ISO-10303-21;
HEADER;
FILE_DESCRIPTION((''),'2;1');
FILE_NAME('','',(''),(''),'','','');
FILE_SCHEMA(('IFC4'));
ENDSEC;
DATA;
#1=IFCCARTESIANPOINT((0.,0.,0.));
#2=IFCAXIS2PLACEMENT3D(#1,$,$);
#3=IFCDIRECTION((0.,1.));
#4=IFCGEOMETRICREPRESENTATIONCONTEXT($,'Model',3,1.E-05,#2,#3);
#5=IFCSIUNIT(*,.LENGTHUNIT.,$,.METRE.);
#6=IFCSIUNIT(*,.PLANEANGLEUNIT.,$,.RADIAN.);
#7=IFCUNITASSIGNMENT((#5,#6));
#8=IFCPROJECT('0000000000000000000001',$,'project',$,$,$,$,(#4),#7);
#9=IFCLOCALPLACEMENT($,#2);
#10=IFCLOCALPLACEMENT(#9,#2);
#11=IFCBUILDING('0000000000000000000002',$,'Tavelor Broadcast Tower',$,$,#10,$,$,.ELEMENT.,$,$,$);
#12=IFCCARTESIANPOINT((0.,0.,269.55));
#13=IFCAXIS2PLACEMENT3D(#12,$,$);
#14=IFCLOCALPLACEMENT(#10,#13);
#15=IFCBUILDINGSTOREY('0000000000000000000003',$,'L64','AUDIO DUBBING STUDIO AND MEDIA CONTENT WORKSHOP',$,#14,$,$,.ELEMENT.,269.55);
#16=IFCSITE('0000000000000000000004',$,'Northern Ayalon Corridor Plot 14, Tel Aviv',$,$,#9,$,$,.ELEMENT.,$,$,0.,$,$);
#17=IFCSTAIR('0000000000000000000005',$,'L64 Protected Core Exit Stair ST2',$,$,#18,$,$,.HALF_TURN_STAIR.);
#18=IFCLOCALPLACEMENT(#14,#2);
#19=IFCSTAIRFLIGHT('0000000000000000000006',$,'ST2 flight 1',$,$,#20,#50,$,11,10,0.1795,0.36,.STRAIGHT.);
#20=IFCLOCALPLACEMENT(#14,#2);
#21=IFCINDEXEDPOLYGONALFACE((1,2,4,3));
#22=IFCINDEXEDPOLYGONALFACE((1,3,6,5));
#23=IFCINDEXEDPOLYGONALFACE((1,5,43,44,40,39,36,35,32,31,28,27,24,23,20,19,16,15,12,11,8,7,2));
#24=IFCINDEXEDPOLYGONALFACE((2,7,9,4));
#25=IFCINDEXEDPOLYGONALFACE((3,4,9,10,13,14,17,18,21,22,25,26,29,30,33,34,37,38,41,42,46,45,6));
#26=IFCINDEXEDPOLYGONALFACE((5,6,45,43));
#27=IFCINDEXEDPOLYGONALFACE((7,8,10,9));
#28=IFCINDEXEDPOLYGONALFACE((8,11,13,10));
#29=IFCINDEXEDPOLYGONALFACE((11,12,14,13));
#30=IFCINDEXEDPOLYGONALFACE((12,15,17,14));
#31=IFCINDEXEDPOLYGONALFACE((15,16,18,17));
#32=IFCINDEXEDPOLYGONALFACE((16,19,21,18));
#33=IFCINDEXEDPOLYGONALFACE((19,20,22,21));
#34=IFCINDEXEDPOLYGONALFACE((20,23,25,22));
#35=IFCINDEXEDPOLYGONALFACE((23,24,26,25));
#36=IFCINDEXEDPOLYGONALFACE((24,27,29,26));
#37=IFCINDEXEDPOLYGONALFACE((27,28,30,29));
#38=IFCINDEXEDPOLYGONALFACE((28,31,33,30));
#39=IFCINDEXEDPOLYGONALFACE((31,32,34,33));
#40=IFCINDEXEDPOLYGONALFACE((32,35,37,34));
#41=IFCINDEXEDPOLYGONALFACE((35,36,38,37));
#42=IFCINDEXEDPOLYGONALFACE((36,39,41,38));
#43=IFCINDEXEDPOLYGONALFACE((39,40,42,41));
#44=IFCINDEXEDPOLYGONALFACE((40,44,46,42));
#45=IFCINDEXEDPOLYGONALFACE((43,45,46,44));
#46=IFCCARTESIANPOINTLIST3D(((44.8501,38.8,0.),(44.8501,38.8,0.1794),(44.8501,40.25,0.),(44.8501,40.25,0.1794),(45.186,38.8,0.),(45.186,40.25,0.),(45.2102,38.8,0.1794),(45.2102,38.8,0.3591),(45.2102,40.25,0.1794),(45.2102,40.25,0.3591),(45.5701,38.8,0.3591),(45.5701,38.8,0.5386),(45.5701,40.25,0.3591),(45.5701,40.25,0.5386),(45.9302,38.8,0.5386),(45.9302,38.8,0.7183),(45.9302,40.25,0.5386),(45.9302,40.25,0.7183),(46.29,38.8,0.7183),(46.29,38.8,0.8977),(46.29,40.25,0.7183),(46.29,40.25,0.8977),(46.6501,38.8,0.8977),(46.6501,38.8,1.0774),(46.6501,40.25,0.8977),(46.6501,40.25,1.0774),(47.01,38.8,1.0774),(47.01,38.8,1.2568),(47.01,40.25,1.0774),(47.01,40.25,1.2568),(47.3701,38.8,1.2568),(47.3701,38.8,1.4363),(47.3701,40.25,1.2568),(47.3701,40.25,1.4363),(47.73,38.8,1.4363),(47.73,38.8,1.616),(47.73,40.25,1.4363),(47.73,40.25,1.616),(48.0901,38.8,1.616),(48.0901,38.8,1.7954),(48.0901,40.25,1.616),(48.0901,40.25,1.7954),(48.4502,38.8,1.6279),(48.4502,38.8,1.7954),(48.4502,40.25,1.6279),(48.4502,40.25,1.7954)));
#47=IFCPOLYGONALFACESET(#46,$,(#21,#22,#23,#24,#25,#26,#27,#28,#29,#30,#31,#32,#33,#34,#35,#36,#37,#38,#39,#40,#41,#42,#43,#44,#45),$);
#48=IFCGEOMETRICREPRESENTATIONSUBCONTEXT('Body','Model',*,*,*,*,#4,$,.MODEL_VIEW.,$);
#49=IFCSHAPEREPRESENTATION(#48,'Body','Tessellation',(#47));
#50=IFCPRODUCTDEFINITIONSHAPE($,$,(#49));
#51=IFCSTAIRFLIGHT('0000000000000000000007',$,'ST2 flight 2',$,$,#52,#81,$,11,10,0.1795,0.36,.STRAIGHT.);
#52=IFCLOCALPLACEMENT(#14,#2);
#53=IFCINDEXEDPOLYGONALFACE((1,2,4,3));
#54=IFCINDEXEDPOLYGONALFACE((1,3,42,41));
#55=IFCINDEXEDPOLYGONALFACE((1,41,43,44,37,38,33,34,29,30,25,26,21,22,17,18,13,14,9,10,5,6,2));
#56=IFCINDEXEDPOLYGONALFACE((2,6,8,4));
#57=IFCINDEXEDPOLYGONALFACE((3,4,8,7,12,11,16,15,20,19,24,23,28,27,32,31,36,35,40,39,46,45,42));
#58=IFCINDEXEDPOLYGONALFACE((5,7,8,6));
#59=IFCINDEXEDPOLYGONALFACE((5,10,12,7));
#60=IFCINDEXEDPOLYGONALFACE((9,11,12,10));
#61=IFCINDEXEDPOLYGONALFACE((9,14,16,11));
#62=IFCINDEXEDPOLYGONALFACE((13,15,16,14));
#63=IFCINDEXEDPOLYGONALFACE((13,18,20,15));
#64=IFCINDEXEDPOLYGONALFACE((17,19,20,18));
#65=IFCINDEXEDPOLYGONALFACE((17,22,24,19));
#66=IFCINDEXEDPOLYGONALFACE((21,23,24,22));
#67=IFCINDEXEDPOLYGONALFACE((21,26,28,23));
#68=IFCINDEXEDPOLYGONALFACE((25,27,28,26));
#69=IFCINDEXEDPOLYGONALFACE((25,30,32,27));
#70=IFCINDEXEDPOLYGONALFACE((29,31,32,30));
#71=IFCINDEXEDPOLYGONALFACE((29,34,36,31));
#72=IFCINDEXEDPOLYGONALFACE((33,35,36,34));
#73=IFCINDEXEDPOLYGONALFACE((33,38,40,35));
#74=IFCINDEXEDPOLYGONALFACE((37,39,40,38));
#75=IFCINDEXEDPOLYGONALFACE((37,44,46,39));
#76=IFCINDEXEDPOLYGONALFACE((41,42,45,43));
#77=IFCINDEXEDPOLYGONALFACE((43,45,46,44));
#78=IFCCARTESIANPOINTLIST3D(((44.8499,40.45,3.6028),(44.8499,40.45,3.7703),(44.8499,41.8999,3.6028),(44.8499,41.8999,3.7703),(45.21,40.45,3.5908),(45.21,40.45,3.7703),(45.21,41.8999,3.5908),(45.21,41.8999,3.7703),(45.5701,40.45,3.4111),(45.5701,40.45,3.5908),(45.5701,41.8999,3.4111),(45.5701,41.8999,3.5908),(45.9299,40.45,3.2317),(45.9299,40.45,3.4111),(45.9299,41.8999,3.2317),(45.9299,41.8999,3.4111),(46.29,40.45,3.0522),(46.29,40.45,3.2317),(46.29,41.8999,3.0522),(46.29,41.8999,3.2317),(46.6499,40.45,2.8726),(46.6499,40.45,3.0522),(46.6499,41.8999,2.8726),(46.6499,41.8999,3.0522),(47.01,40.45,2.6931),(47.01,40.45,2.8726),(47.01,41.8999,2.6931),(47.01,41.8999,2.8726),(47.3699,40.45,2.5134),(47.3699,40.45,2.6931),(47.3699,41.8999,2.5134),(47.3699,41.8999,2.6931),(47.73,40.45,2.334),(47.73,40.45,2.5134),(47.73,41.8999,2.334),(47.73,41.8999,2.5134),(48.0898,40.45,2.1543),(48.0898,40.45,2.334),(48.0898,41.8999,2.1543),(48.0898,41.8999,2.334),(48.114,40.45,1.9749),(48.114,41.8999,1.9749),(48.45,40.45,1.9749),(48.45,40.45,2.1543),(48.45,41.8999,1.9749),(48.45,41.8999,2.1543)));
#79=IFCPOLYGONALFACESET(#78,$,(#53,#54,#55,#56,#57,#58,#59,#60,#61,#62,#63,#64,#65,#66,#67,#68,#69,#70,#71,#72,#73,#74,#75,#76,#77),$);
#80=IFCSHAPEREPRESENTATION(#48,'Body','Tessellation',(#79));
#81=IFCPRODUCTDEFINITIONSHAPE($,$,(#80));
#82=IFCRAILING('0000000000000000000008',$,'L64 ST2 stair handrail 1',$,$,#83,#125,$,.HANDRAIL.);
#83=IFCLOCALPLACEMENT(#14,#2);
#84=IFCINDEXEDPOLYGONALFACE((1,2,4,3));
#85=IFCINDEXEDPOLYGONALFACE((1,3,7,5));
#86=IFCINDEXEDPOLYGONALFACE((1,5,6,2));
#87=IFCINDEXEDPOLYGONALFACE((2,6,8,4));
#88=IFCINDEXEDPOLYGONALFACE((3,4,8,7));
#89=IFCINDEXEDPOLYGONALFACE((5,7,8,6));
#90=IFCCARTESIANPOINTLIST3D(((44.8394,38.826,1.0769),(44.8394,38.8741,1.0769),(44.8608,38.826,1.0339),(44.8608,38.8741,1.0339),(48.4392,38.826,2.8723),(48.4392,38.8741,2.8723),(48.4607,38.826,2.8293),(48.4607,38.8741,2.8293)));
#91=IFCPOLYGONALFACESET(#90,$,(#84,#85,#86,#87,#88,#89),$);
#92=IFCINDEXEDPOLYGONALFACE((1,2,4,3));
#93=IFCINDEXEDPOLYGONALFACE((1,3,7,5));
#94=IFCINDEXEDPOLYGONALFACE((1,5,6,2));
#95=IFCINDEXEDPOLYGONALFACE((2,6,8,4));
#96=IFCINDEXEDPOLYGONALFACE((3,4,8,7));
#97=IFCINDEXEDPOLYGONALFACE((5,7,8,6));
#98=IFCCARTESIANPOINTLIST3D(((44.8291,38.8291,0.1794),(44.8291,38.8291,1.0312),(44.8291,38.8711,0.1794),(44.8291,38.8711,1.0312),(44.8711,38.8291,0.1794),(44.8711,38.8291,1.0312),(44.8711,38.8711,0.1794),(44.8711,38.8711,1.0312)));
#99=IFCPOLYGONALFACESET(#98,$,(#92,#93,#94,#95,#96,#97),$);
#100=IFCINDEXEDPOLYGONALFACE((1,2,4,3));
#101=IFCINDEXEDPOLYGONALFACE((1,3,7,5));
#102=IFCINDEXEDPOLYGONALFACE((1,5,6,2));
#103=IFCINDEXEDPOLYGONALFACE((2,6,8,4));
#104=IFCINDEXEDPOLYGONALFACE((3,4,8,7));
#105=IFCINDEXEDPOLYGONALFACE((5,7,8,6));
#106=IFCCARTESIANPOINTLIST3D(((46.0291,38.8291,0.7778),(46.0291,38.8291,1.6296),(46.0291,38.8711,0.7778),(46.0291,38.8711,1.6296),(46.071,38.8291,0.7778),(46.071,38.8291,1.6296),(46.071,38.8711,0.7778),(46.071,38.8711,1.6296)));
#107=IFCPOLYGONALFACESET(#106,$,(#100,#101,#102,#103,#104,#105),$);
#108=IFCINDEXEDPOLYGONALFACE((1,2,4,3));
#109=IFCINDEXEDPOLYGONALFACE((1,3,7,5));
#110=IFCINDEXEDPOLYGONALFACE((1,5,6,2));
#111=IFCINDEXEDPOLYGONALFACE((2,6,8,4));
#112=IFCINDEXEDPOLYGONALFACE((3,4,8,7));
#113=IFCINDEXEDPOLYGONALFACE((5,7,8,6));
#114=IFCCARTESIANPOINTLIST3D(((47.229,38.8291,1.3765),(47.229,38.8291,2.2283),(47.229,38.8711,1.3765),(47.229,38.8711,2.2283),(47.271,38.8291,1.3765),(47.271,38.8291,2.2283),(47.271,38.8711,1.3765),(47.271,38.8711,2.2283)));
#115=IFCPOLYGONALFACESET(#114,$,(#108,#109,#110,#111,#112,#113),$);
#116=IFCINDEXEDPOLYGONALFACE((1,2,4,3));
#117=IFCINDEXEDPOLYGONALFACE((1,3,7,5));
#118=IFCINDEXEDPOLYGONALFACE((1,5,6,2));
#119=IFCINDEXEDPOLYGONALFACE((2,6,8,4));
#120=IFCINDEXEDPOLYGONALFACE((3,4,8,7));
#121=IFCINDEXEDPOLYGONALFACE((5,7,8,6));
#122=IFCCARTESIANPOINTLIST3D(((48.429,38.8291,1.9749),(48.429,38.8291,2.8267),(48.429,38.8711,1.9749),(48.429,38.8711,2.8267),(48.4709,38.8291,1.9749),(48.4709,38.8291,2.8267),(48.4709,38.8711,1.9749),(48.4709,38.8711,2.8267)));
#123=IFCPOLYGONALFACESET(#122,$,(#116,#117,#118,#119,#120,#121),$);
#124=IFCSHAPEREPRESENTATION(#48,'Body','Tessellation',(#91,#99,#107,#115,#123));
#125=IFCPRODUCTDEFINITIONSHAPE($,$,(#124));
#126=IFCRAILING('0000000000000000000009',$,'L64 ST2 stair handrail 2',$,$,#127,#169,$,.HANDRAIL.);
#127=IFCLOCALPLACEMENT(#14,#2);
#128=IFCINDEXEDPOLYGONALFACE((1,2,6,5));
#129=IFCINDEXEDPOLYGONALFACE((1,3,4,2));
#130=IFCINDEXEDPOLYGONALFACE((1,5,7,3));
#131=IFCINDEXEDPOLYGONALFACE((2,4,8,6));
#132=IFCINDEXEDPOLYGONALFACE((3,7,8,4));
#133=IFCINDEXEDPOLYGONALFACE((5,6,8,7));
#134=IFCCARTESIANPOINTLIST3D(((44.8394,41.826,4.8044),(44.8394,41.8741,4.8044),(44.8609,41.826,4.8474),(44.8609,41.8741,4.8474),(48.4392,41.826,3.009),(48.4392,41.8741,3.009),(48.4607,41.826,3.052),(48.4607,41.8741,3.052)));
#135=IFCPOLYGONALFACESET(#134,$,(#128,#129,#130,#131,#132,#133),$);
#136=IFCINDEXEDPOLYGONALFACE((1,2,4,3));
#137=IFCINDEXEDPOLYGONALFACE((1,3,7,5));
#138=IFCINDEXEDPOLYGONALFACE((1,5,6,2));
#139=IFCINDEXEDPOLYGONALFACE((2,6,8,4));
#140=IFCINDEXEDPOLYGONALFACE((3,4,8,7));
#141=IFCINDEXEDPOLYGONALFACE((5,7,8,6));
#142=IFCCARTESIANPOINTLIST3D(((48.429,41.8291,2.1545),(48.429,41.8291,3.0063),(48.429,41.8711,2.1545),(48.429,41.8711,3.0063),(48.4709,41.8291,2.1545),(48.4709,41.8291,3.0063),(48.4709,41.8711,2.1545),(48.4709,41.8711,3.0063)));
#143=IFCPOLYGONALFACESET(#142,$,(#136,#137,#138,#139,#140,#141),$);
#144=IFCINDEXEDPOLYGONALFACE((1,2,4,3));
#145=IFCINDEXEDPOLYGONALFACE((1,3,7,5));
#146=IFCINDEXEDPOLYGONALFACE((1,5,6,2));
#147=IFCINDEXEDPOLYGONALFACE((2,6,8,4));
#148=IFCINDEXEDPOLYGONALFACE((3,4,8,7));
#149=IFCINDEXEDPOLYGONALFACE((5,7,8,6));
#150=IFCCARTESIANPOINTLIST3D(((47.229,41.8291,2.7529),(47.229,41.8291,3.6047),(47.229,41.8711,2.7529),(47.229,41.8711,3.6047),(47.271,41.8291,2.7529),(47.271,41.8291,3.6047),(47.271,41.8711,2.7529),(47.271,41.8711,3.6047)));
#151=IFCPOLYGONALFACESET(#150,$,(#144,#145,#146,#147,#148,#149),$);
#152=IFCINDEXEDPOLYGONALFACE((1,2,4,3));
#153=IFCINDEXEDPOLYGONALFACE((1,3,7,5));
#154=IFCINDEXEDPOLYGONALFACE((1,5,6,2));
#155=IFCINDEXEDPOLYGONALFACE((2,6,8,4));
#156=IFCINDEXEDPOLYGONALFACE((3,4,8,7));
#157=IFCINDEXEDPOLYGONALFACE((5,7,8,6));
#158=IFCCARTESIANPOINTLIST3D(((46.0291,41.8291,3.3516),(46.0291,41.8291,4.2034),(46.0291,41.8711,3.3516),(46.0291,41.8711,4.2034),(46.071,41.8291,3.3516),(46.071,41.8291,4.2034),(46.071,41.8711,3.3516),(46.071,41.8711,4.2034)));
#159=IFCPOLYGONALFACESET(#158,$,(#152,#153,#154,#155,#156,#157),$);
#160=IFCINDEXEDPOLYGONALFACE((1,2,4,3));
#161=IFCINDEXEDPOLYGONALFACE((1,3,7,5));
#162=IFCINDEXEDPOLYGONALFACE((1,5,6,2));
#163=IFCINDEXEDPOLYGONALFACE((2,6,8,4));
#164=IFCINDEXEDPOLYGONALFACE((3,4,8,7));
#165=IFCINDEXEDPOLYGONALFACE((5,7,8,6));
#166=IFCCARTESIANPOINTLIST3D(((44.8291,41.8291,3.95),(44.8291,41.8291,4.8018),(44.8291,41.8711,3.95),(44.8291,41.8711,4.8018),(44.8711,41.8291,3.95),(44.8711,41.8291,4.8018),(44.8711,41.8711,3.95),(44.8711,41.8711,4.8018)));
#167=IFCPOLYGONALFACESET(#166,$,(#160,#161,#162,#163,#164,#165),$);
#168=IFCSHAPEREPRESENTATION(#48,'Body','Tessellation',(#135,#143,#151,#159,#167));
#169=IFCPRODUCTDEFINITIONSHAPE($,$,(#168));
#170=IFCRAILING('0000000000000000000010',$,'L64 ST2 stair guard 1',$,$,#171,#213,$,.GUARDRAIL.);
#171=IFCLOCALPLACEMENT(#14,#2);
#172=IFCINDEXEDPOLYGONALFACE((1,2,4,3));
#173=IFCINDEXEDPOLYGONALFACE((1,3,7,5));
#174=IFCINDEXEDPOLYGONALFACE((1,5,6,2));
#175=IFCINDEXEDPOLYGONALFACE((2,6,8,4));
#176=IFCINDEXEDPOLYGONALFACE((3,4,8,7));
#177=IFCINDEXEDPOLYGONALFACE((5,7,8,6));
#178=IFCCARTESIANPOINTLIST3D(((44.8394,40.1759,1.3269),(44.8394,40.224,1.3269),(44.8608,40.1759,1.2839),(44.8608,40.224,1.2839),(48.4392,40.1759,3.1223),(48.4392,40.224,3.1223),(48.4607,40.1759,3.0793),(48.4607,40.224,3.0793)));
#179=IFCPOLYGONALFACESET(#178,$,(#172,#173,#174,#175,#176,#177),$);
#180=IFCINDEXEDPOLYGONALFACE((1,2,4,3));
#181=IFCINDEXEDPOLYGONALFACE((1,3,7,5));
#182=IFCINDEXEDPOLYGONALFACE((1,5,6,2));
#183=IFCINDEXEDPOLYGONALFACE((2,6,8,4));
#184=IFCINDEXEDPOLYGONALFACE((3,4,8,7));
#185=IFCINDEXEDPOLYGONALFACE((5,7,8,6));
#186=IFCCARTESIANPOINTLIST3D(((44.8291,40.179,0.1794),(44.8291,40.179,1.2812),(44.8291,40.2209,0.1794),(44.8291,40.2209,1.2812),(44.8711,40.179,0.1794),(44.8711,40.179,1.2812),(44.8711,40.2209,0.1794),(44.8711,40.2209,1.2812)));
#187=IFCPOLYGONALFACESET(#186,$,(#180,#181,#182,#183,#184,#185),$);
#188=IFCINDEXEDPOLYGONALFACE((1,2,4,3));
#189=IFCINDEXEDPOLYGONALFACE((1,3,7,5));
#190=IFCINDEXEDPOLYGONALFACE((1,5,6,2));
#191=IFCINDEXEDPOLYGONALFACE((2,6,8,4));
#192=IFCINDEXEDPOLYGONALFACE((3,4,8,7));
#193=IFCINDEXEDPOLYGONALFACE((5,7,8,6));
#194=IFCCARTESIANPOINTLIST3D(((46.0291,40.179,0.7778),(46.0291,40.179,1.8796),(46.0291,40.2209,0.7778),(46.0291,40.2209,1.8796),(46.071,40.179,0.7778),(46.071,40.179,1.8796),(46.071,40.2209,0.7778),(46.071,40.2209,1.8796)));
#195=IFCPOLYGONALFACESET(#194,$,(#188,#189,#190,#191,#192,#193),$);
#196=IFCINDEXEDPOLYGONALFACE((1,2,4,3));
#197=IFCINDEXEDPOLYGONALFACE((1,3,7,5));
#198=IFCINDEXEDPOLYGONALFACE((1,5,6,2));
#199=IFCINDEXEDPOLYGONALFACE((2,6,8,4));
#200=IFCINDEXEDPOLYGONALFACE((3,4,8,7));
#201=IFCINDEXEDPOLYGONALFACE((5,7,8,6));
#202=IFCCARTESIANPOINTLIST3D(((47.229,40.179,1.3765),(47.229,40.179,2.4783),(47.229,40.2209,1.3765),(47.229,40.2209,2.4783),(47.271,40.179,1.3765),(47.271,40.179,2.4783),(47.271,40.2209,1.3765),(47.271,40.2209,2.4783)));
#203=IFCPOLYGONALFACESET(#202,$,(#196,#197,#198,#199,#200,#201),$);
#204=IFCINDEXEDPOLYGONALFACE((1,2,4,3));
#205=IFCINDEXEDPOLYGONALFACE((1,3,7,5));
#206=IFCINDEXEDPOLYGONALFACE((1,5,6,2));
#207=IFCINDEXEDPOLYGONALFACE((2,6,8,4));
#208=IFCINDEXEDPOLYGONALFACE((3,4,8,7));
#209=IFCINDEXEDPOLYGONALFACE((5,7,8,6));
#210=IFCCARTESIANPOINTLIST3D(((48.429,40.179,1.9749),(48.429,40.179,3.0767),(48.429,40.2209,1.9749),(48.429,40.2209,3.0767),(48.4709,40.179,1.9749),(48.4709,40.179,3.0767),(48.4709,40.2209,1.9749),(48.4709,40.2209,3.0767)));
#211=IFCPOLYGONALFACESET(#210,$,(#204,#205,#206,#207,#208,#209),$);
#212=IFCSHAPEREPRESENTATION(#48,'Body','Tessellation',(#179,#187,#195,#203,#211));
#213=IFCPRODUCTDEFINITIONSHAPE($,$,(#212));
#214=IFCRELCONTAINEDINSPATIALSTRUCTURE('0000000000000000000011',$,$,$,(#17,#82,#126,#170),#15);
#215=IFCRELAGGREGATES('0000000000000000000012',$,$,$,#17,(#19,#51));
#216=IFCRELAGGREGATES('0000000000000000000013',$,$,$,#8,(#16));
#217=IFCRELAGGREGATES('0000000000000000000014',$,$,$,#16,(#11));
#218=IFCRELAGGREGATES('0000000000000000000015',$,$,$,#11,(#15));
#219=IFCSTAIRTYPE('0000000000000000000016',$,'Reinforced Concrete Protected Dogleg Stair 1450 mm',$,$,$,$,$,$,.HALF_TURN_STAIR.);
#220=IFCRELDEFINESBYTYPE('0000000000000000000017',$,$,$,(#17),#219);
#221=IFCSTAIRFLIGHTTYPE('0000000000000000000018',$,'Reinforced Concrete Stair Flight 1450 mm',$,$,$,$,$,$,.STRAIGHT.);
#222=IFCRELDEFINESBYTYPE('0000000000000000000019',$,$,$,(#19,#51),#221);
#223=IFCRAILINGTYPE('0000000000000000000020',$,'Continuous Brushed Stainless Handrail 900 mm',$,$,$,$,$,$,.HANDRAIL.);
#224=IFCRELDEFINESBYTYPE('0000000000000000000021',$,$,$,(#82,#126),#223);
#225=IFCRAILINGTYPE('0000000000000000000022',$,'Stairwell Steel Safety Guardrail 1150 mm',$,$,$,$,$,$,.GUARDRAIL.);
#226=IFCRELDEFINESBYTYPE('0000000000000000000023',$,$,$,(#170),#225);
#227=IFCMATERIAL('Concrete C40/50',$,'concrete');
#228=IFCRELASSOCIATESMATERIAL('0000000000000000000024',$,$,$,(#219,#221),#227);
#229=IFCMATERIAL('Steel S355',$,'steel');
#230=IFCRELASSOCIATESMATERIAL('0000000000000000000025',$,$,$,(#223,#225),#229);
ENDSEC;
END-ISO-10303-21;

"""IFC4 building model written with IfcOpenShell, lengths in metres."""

from ifc_helpers import new_model, si_unit, direction, frame, origin, origin_2d, place, context, subcontext, project, spatial, polyline, rectangle, outline, extrude, material, type_object, element, aggregate, save


model = new_model("IFC4")

# Units and contexts
model_context = context("Model", 3, precision=1e-05, world=origin(), true_north=direction((0.0, 1.0)))
body_context = subcontext(model_context, "Body", "Model", "MODEL_VIEW")
ifc_project = project(units=[si_unit("LENGTHUNIT", "METRE"), si_unit("PLANEANGLEUNIT", "RADIAN")], contexts=[model_context])

# Site, building, storey
site_placement = place(None, origin())
site = spatial("IfcSite", under=ifc_project, at=site_placement, Name="Northern Ayalon Corridor Plot 14, Tel Aviv", CompositionType="ELEMENT", RefElevation=0.0)
building_placement = place(site_placement, origin())
building = spatial("IfcBuilding", under=site, at=building_placement, Name="Tavelor Broadcast Tower", CompositionType="ELEMENT")
storey_placement = place(building_placement, frame((0.0, 0.0, 269.55)))
storey = spatial("IfcBuildingStorey", under=building, at=storey_placement, Name="L64", Description="AUDIO DUBBING STUDIO AND MEDIA CONTENT WORKSHOP", CompositionType="ELEMENT", Elevation=269.55)

# Shared definitions
ifc_material_1 = material(Name="Concrete C40/50", Category="concrete")
ifc_material_2 = material(Name="Steel S355", Category="steel")

# Stair, stair flights
stair_type = type_object("IfcStairType", Name="Reinforced Concrete Protected Dogleg Stair 1450 mm", PredefinedType="HALF_TURN_STAIR", material=ifc_material_1)
stair_placement = place(storey_placement, origin())
stair = element("IfcStair", 1, at=stair_placement, inside=storey, type_object=stair_type, Name="L64 Protected Core Exit Stair ST2", PredefinedType="HALF_TURN_STAIR")
stair_flight_type = type_object("IfcStairFlightType", Name="Reinforced Concrete Stair Flight 1450 mm", PredefinedType="STRAIGHT", material=ifc_material_1)
stair_flight_1_placement = place(storey_placement, frame((44.8501, 39.5249, 0.0), z_axis=(0.0, 0.0, 1.0), x_axis=(1.0, 0.0, 0.0)))
stair_flight_1 = element("IfcStairFlight", 2, at=stair_flight_1_placement, type_object=stair_flight_type, Name="ST2 flight 1", NumberOfRisers=11, NumberOfTreads=10, PredefinedType="STRAIGHT", RiserHeight=0.1795, TreadLength=0.36, context=body_context, shape_type="SweptSolid", body=[
    extrude(outline(polyline([(0.0, 0.0), (0.0, 0.1794), (0.3601, 0.1794), (0.3601, 0.3591), (0.72, 0.3591), (0.72, 0.5386), (1.0801, 0.5386), (1.0801, 0.7183), (1.4399, 0.7183), (1.4399, 0.8977), (1.8, 0.8977), (1.8, 1.0774), (2.1599, 1.0774), (2.1599, 1.2568), (2.52, 1.2568), (2.52, 1.4363), (2.8799, 1.4363), (2.8799, 1.616), (3.24, 1.616), (3.24, 1.7954), (3.6001, 1.7954), (3.6001, 1.9751), (3.6001, 1.6279), (0.3359, 0.0), (0.0, 0.0)])), frame((0.0, 0.7251, 0.0), z_axis=(0.0, -1.0, 0.0), x_axis=(1.0, 0.0, 0.0)), (0.0, 0.0, 1.0), 1.45),
])
stair_flight_2_placement = place(storey_placement, frame((48.45, 41.175, 1.9749), z_axis=(0.0, 0.0, 1.0), x_axis=(-1.0, 0.0, 0.0)))
stair_flight_2 = element("IfcStairFlight", 3, at=stair_flight_2_placement, type_object=stair_flight_type, Name="ST2 flight 2", NumberOfRisers=11, NumberOfTreads=10, PredefinedType="STRAIGHT", RiserHeight=0.1795, TreadLength=0.36, context=body_context, shape_type="SweptSolid", body=[
    extrude(outline(polyline([(0.0, 0.0), (0.0, 0.1794), (0.3601, 0.1794), (0.3601, 0.3591), (0.72, 0.3591), (0.72, 0.5386), (1.0801, 0.5386), (1.0801, 0.7183), (1.4399, 0.7183), (1.4399, 0.8977), (1.8, 0.8977), (1.8, 1.0774), (2.1599, 1.0774), (2.1599, 1.2568), (2.52, 1.2568), (2.52, 1.4363), (2.8799, 1.4363), (2.8799, 1.616), (3.24, 1.616), (3.24, 1.7954), (3.6001, 1.7954), (3.6001, 1.9751), (3.6001, 1.6279), (0.3359, 0.0), (0.0, 0.0)])), frame((0.0, 0.7251, 0.0), z_axis=(0.0, -1.0, 0.0), x_axis=(1.0, 0.0, 0.0)), (0.0, 0.0, 1.0), 1.45),
])
aggregate(stair, [stair_flight_1, stair_flight_2])

# Railings
railing_type_1 = type_object("IfcRailingType", Name="Continuous Brushed Stainless Handrail 900 mm", PredefinedType="HANDRAIL", material=ifc_material_2)
railing_1_placement = place(storey_placement, frame((44.8501, 38.8501, 0.1794)))
element("IfcRailing", 4, at=railing_1_placement, inside=storey, type_object=railing_type_1, Name="L64 ST2 stair handrail 1", PredefinedType="HANDRAIL", context=body_context, shape_type="SweptSolid", body=[
    extrude(rectangle(XDim=0.0481, YDim=0.0481, at=origin_2d()), frame((0.0, 0.0, 0.876), z_axis=(0.894876, 0.0, 0.446315), x_axis=(0.0, 1.0, 0.0)), (0.0, 0.0, 1.0), 4.0227),
    extrude(rectangle(XDim=0.042, YDim=0.042, at=origin_2d()), origin(), (0.0, 0.0, 1.0), 0.8518),
    extrude(rectangle(XDim=0.042, YDim=0.042, at=origin_2d()), frame((1.2, 0.0, 0.5984)), (0.0, 0.0, 1.0), 0.8518),
    extrude(rectangle(XDim=0.042, YDim=0.042, at=origin_2d()), frame((2.3999, 0.0, 1.197)), (0.0, 0.0, 1.0), 0.8518),
    extrude(rectangle(XDim=0.042, YDim=0.042, at=origin_2d()), frame((3.5999, 0.0, 1.7954)), (0.0, 0.0, 1.0), 0.8518),
])
railing_2_placement = place(storey_placement, frame((48.45, 41.8501, 2.1545)))
element("IfcRailing", 5, at=railing_2_placement, inside=storey, type_object=railing_type_1, Name="L64 ST2 stair handrail 2", PredefinedType="HANDRAIL", context=body_context, shape_type="SweptSolid", body=[
    extrude(rectangle(XDim=0.0481, YDim=0.0481, at=origin_2d()), frame((0.0, 0.0, 0.876), z_axis=(-0.894876, 0.0, 0.446315), x_axis=(0.0, -1.0, 0.0)), (0.0, 0.0, 1.0), 4.0227),
    extrude(rectangle(XDim=0.042, YDim=0.042, at=origin_2d()), origin(), (0.0, 0.0, 1.0), 0.8518),
    extrude(rectangle(XDim=0.042, YDim=0.042, at=origin_2d()), frame((-1.2, 0.0, 0.5984)), (0.0, 0.0, 1.0), 0.8518),
    extrude(rectangle(XDim=0.042, YDim=0.042, at=origin_2d()), frame((-2.3999, 0.0, 1.197)), (0.0, 0.0, 1.0), 0.8518),
    extrude(rectangle(XDim=0.042, YDim=0.042, at=origin_2d()), frame((-3.5999, 0.0, 1.7954)), (0.0, 0.0, 1.0), 0.8518),
])
railing_type_2 = type_object("IfcRailingType", Name="Stairwell Steel Safety Guardrail 1150 mm", PredefinedType="GUARDRAIL", material=ifc_material_2)
railing_3_placement = place(storey_placement, frame((44.8501, 40.2, 0.1794)))
element("IfcRailing", 6, at=railing_3_placement, inside=storey, type_object=railing_type_2, Name="L64 ST2 stair guard 1", PredefinedType="GUARDRAIL", context=body_context, shape_type="SweptSolid", body=[
    extrude(rectangle(XDim=0.0481, YDim=0.0481, at=origin_2d()), frame((0.0, 0.0, 1.126), z_axis=(0.894876, 0.0, 0.446315), x_axis=(0.0, 1.0, 0.0)), (0.0, 0.0, 1.0), 4.0227),
    extrude(rectangle(XDim=0.042, YDim=0.042, at=origin_2d()), origin(), (0.0, 0.0, 1.0), 1.1018),
    extrude(rectangle(XDim=0.042, YDim=0.042, at=origin_2d()), frame((1.2, 0.0, 0.5984)), (0.0, 0.0, 1.0), 1.1018),
    extrude(rectangle(XDim=0.042, YDim=0.042, at=origin_2d()), frame((2.3999, 0.0, 1.197)), (0.0, 0.0, 1.0), 1.1018),
    extrude(rectangle(XDim=0.042, YDim=0.042, at=origin_2d()), frame((3.5999, 0.0, 1.7954)), (0.0, 0.0, 1.0), 1.1018),
])

save(model, "model.ifc")
